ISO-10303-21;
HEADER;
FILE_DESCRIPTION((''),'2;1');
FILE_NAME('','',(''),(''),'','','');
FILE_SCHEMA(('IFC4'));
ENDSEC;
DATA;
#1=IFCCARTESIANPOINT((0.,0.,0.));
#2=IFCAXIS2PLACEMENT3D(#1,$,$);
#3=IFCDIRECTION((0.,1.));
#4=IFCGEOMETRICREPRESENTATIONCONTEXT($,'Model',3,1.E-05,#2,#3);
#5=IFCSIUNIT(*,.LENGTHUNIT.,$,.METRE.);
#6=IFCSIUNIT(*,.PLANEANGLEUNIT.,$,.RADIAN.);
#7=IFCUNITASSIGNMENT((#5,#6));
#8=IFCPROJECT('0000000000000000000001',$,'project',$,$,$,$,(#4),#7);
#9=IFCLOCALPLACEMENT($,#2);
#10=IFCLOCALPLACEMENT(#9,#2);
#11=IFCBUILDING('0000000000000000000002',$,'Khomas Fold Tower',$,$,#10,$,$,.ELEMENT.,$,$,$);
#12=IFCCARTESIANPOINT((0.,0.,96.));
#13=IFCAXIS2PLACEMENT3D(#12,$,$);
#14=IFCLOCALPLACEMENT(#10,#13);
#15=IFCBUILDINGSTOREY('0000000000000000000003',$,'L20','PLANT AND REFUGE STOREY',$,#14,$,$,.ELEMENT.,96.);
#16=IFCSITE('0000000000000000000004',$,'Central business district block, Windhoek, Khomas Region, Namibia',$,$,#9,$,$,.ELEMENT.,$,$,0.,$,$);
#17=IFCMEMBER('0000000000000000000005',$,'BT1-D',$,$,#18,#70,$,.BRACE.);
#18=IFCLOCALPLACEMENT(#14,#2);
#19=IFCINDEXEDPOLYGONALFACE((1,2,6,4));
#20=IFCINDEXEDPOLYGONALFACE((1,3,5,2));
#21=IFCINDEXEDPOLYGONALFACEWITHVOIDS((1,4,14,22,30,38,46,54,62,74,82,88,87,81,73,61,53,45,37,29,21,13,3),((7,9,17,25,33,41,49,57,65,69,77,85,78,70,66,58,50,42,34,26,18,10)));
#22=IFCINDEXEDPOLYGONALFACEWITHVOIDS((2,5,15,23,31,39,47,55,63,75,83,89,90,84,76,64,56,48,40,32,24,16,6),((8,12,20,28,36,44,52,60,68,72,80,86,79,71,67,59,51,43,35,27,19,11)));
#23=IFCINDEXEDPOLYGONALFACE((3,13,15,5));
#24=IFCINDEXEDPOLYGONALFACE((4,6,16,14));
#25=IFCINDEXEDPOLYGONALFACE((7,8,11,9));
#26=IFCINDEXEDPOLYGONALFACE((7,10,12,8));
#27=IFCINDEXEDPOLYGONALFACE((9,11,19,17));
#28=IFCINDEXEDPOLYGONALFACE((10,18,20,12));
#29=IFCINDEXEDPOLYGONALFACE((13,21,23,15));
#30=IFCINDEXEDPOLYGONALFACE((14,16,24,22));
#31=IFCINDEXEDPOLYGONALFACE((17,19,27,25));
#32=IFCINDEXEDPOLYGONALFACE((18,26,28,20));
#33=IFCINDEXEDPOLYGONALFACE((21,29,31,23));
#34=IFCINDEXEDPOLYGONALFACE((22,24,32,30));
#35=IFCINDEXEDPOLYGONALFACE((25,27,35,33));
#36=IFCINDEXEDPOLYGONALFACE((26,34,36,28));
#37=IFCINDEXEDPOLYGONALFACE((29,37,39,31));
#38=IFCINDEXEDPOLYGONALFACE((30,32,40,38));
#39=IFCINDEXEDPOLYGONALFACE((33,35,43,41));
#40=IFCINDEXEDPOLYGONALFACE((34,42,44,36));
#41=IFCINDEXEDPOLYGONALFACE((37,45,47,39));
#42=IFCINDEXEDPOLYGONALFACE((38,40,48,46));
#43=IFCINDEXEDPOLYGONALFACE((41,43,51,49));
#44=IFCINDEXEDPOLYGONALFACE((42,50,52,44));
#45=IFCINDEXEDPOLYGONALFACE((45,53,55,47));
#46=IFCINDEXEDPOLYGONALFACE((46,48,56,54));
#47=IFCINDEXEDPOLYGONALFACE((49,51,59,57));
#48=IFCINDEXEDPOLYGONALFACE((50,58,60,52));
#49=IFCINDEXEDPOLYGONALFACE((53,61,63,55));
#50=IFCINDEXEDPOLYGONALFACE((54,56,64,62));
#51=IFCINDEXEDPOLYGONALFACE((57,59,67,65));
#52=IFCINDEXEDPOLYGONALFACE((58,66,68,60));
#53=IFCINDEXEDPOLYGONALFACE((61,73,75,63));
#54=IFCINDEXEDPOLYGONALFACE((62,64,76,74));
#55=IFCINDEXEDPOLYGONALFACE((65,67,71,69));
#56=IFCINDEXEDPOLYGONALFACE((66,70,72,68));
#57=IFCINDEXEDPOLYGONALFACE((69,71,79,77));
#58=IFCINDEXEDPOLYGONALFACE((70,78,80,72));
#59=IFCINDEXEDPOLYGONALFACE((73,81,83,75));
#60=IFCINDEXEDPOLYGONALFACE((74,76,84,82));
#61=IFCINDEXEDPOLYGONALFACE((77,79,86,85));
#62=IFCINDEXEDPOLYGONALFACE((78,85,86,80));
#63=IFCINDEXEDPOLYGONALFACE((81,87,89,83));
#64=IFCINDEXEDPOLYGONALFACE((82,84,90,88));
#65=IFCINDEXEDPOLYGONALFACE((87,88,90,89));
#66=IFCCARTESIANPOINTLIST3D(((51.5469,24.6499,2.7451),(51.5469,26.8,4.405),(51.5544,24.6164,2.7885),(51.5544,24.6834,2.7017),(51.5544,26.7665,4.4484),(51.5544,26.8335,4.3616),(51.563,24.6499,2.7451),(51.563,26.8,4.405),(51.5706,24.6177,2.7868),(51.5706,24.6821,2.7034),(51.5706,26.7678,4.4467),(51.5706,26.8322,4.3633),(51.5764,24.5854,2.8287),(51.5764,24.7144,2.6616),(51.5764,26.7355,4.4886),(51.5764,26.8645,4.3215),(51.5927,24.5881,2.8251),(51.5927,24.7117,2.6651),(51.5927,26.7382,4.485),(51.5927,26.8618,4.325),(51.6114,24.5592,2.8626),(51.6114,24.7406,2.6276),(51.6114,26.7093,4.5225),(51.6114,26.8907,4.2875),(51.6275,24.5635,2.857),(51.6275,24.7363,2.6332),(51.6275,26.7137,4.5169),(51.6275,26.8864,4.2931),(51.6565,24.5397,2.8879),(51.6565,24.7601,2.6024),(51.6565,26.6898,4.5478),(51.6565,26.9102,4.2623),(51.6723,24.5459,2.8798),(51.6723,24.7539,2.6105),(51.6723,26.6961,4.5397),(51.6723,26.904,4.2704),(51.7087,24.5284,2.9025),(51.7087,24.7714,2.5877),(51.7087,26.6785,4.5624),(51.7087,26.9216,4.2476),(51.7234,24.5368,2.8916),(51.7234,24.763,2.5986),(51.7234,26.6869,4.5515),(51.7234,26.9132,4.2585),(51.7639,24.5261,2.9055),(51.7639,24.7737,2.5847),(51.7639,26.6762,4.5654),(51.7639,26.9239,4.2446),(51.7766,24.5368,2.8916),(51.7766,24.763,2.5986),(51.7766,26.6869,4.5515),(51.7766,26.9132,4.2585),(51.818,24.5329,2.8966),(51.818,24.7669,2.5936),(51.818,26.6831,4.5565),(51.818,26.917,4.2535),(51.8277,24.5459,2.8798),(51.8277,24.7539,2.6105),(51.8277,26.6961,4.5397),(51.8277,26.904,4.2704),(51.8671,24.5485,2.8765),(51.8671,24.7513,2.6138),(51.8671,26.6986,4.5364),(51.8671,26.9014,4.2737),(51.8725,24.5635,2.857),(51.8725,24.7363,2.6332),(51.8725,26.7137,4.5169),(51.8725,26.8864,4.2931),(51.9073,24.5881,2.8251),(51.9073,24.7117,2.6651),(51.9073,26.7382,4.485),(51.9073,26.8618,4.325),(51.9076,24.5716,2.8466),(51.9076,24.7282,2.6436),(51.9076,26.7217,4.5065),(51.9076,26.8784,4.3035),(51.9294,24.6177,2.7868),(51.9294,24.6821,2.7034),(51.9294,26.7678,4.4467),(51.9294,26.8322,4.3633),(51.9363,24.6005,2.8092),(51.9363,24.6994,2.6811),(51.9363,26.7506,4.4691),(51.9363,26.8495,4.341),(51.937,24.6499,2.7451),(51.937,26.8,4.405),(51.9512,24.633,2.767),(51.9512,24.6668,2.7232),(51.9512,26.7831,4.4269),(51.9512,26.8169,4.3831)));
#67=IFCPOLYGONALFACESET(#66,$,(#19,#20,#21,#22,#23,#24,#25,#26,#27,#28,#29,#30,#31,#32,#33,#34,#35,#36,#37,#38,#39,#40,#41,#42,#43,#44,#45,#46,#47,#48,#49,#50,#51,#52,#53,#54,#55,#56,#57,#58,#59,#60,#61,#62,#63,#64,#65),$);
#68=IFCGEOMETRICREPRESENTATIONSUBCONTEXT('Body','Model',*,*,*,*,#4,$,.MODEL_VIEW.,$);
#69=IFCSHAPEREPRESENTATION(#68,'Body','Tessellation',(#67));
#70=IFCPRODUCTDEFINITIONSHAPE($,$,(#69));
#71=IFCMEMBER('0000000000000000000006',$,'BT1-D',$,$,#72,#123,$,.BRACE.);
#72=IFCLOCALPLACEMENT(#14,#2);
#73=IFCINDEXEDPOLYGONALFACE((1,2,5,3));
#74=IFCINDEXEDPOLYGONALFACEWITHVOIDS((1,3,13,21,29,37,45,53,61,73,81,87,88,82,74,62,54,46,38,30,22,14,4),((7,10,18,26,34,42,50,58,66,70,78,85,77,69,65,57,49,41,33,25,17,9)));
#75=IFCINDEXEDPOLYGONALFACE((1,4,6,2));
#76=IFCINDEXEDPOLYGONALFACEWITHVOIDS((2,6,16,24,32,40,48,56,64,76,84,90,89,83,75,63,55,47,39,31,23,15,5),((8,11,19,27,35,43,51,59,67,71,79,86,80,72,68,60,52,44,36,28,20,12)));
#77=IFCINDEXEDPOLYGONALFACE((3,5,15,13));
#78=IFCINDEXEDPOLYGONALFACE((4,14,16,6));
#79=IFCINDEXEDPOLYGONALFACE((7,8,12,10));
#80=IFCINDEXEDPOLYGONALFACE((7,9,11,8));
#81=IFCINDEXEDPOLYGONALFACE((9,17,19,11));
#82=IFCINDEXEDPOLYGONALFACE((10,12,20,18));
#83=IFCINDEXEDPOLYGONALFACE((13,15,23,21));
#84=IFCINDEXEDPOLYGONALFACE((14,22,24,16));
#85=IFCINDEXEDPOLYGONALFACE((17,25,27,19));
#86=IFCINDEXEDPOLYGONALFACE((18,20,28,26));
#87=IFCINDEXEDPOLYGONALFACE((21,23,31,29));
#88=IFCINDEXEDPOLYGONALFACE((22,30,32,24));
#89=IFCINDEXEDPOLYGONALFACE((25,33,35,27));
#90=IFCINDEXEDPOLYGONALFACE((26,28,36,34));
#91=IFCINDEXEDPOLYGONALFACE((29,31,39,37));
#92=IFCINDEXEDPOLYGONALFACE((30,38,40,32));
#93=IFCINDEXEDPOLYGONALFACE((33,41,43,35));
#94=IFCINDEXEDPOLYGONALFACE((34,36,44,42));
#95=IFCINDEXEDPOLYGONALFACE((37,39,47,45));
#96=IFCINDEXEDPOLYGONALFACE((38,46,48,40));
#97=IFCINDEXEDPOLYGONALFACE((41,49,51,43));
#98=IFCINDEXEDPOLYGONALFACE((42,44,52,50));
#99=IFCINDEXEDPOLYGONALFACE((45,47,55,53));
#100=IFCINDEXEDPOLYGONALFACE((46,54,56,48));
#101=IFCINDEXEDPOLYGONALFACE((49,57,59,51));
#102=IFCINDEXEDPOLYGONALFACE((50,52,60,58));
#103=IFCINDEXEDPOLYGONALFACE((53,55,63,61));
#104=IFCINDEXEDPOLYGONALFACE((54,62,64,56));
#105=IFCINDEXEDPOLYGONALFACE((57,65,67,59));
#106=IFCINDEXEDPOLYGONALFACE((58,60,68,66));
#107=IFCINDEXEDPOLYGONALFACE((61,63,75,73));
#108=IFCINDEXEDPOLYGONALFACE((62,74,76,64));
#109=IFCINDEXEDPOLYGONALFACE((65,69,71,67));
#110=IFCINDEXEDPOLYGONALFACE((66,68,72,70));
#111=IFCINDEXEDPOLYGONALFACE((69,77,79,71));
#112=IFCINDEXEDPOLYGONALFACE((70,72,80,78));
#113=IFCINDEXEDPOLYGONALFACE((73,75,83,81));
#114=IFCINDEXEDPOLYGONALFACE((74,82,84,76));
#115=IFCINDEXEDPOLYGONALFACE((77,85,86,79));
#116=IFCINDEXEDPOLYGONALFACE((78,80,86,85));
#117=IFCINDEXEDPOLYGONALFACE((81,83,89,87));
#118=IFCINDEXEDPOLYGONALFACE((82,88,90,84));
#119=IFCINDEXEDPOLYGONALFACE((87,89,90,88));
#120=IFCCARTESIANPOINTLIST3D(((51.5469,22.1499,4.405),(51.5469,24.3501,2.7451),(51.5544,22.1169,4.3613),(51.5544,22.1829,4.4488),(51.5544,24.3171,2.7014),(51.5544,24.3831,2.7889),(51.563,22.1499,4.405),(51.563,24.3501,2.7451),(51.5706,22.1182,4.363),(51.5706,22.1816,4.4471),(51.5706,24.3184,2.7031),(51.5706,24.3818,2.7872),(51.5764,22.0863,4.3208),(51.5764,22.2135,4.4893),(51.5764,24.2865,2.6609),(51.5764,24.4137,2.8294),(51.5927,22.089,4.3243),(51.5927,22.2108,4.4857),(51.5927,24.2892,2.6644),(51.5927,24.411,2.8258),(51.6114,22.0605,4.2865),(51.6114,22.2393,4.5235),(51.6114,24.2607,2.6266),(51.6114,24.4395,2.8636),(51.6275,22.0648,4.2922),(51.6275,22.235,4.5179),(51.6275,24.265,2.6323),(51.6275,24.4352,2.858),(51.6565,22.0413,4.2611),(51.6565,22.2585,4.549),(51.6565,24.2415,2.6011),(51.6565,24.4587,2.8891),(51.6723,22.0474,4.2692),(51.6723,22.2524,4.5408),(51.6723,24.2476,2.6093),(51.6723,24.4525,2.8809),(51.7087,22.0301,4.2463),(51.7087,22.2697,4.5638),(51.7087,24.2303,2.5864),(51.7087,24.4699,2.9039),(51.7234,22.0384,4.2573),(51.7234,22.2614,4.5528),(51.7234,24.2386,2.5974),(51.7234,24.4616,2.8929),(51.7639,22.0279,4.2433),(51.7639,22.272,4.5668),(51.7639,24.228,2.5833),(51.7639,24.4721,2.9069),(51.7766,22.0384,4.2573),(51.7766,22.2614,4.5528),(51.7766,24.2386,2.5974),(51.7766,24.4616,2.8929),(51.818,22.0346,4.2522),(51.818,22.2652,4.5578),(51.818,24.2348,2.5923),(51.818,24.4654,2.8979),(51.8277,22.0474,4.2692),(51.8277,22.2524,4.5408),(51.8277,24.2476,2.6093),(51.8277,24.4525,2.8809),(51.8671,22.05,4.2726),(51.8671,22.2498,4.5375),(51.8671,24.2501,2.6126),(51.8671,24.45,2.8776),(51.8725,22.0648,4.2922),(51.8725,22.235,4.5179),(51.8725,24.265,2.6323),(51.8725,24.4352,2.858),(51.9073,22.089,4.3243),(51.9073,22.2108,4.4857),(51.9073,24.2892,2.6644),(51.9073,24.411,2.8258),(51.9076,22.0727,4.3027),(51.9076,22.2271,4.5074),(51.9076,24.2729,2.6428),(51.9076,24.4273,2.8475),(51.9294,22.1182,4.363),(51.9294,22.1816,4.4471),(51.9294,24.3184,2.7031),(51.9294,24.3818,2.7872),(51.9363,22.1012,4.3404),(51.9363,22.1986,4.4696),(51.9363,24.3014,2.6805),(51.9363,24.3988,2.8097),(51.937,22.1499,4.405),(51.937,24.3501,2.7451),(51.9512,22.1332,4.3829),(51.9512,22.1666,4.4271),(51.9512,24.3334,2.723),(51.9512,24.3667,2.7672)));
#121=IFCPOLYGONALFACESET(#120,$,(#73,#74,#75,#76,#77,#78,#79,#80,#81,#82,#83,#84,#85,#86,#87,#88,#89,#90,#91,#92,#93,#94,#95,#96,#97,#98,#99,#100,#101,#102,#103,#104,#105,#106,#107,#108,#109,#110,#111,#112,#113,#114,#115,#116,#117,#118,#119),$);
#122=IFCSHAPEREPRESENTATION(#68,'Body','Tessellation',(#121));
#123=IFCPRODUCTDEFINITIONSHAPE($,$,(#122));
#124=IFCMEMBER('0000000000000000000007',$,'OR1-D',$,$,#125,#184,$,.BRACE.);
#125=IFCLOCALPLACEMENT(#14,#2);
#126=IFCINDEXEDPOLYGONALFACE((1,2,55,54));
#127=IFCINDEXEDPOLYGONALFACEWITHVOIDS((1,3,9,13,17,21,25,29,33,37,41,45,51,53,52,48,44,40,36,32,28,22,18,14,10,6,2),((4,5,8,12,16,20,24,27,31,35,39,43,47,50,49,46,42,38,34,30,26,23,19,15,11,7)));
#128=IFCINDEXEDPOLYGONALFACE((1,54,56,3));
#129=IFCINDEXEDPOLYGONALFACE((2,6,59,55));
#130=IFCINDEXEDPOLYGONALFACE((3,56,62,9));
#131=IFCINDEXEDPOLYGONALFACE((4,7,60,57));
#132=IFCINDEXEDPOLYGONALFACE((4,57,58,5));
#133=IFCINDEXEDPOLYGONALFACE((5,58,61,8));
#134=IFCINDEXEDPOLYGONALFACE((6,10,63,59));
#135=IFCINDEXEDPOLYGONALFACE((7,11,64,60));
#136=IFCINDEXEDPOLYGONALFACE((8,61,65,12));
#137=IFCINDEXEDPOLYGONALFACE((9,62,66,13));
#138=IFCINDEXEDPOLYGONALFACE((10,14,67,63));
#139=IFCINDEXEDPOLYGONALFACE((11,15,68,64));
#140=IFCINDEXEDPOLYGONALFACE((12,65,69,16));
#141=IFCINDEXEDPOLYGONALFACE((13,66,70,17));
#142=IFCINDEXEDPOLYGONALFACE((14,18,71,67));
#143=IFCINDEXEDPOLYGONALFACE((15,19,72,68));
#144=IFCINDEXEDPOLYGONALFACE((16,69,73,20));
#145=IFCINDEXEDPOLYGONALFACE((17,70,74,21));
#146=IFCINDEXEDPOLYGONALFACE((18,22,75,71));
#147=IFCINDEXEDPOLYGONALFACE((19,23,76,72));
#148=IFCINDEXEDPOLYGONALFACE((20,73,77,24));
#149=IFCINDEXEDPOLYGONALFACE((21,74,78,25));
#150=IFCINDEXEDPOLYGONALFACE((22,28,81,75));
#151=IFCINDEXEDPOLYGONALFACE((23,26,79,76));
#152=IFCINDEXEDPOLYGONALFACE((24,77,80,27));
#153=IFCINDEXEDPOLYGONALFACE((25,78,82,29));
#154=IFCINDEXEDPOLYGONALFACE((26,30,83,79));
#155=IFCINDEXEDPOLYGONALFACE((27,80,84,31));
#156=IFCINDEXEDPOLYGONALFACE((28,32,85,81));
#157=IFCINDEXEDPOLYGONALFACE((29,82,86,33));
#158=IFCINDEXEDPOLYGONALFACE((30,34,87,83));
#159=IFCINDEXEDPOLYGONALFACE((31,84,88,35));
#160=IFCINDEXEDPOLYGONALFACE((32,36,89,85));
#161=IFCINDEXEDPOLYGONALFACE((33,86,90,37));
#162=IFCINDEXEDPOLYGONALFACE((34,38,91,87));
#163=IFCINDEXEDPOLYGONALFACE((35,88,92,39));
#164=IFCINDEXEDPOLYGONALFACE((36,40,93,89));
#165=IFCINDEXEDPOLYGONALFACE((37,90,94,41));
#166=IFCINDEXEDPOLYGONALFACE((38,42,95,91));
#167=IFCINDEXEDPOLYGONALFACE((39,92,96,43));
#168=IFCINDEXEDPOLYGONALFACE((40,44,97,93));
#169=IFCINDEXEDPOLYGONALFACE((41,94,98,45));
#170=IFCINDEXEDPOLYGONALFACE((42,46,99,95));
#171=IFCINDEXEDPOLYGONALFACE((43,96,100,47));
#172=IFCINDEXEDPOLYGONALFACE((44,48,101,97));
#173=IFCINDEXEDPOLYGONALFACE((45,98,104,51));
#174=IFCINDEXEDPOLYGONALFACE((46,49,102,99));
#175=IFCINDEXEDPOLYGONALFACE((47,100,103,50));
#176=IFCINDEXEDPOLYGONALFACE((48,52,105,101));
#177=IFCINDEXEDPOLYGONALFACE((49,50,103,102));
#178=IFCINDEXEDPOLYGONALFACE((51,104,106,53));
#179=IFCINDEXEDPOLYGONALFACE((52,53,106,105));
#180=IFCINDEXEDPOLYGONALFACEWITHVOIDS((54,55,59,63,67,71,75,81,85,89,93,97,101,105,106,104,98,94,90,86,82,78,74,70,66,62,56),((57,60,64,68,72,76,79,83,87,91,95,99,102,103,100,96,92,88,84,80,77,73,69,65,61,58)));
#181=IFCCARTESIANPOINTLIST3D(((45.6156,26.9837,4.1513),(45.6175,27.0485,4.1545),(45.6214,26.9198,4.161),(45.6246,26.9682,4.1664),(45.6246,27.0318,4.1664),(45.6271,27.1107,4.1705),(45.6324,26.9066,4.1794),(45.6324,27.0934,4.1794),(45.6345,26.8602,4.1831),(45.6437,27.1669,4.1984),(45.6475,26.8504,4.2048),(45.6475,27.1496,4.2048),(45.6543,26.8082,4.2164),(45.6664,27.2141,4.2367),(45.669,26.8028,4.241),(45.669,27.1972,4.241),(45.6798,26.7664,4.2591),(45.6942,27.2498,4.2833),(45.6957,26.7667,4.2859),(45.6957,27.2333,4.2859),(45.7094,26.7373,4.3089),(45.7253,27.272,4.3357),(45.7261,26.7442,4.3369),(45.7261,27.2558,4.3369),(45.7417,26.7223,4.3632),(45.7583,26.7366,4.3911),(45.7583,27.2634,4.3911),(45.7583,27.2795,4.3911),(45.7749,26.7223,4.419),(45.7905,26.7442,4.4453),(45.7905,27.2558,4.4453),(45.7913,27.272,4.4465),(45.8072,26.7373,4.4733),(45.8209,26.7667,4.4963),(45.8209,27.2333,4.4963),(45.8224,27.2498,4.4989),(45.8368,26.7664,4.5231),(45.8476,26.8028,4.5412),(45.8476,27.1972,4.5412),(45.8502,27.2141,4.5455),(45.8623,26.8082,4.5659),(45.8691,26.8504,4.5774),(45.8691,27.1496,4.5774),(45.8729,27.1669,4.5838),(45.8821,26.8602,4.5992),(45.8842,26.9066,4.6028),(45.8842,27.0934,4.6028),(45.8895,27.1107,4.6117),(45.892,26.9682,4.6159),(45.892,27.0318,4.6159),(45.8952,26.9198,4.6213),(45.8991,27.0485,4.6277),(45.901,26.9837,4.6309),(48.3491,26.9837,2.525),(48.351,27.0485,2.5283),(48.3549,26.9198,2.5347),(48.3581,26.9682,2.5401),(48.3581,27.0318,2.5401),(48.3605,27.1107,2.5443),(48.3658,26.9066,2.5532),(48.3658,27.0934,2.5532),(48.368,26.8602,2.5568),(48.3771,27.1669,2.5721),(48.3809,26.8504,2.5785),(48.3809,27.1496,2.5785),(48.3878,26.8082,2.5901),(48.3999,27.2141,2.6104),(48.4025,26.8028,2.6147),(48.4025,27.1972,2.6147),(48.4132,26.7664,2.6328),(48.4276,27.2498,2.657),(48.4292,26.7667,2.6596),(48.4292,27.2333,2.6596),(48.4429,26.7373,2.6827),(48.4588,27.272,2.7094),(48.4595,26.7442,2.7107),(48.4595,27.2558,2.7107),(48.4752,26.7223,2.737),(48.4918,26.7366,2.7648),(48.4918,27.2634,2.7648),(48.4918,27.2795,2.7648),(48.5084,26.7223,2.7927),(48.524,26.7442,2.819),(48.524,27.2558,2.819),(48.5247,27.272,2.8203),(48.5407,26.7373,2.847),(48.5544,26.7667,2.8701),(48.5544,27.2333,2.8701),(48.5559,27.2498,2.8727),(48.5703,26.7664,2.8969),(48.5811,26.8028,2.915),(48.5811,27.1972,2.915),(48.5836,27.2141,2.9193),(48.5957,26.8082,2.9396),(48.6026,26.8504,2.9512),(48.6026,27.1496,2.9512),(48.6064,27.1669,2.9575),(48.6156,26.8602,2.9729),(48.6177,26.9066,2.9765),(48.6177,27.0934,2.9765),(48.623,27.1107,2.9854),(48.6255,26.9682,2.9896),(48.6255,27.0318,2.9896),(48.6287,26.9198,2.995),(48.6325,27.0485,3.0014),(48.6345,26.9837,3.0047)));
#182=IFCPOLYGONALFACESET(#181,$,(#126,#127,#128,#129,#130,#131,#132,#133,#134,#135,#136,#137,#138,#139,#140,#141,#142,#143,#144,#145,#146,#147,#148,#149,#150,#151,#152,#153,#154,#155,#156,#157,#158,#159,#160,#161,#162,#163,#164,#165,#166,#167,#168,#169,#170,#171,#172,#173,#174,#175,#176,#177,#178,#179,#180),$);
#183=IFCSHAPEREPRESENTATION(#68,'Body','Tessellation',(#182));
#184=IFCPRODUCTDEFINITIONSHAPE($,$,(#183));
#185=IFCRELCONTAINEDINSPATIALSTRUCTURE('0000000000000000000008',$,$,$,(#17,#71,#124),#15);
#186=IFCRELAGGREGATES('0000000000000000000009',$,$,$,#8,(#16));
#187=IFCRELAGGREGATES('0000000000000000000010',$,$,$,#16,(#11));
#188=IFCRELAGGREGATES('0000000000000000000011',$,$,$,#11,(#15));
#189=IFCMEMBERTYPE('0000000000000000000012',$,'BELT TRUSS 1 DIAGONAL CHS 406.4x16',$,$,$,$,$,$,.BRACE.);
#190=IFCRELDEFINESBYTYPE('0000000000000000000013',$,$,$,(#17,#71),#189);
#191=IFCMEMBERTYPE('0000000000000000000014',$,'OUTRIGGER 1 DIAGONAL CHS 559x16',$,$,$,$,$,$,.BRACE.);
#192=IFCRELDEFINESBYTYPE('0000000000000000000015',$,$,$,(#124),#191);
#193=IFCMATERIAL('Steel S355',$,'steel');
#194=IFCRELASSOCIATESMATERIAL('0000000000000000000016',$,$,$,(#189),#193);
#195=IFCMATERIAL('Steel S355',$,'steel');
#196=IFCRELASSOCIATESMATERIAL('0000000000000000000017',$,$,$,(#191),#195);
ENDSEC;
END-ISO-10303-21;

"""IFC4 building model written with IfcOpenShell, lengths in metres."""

from ifc_helpers import new_model, si_unit, direction, frame, origin, origin_2d, place, context, subcontext, project, spatial, hollow_circle, extrude, source, transform, mapped, material, material_profile, profile_set, type_object, element, save


model = new_model("IFC4")

# Units and contexts
model_context = context("Model", 3, precision=1e-05, world=origin(), true_north=direction((0.0, 1.0)))
body_context = subcontext(model_context, "Body", "Model", "MODEL_VIEW")
ifc_project = project(units=[si_unit("LENGTHUNIT", "METRE"), si_unit("PLANEANGLEUNIT", "RADIAN")], contexts=[model_context])

# Site, building, storey
site_placement = place(None, origin())
site = spatial("IfcSite", under=ifc_project, at=site_placement, Name="Central business district block, Windhoek, Khomas Region, Namibia", CompositionType="ELEMENT", RefElevation=0.0)
building_placement = place(site_placement, origin())
building = spatial("IfcBuilding", under=site, at=building_placement, Name="Khomas Fold Tower", CompositionType="ELEMENT")
storey_placement = place(building_placement, frame((0.0, 0.0, 96.0)))
storey = spatial("IfcBuildingStorey", under=building, at=storey_placement, Name="L20", Description="PLANT AND REFUGE STOREY", CompositionType="ELEMENT", Elevation=96.0)

# Members
ifc_material_1 = material(Name="Steel S355", Category="steel")
ifc_material_profile_1 = material_profile(ifc_material_1, hollow_circle(Radius=0.2031, WallThickness=0.0161, at=origin_2d()), Name="CHS 406.4x16")
ifc_profile_set_1 = profile_set([ifc_material_profile_1], Name="Steel S355")
member_type_1 = type_object("IfcMemberType", Name="BELT TRUSS 1 DIAGONAL CHS 406.4x16", PredefinedType="BRACE", material=ifc_profile_set_1)
shared_shape_1 = source(origin(), body_context, "Body", "SweptSolid", [
    extrude(hollow_circle(Radius=0.2031, WallThickness=0.0161, at=origin_2d()), origin(), (0.0, 0.0, 1.0), 2.7163),
])
for number, where, z_axis, x_axis, name in (
    (1, (51.75, 24.6499, 2.7451), (0.0, 0.791564, 0.611087), (-1.0, 0.0, 0.0), "BT1-D"),
):
    element("IfcMember", number, at=place(storey_placement, frame(where, z_axis=z_axis, x_axis=x_axis)), inside=storey, type_object=member_type_1, Name=name, PredefinedType="BRACE", context=body_context, shape_type="MappedRepresentation", body=[
        mapped(shared_shape_1, transform((0.0, 0.0, 0.0))),
    ])
shared_shape_2 = source(origin(), body_context, "Body", "SweptSolid", [
    extrude(hollow_circle(Radius=0.2031, WallThickness=0.0161, at=origin_2d()), origin(), (0.0, 0.0, 1.0), 2.7561),
])
member_1_placement = place(storey_placement, frame((51.75, 22.1499, 4.405), z_axis=(0.0, 0.798296, -0.602265), x_axis=(-1.0, 0.0, 0.0)))
element("IfcMember", 2, at=member_1_placement, inside=storey, type_object=member_type_1, Name="BT1-D", PredefinedType="BRACE", context=body_context, shape_type="MappedRepresentation", body=[
    mapped(shared_shape_2, transform((0.0, 0.0, 0.0))),
])
ifc_material_2 = material(Name="Steel S355", Category="steel")
ifc_material_profile_2 = material_profile(ifc_material_2, hollow_circle(Radius=0.2795, WallThickness=0.0161, at=origin_2d()), Name="CHS 559x16")
ifc_profile_set_2 = profile_set([ifc_material_profile_2], Name="Steel S355")
member_type_2 = type_object("IfcMemberType", Name="OUTRIGGER 1 DIAGONAL CHS 559x16", PredefinedType="BRACE", material=ifc_profile_set_2)
shared_shape_3 = source(origin(), body_context, "Body", "SweptSolid", [
    extrude(hollow_circle(Radius=0.2795, WallThickness=0.0161, at=origin_2d()), origin(), (0.0, 0.0, 1.0), 3.1807),
])
member_2_placement = place(storey_placement, frame((45.7583, 27.0, 4.3911), z_axis=(0.859404, 0.0, -0.511298), x_axis=(0.0, 1.0, 0.0)))
element("IfcMember", 3, at=member_2_placement, inside=storey, type_object=member_type_2, Name="OR1-D", PredefinedType="BRACE", context=body_context, shape_type="MappedRepresentation", body=[
    mapped(shared_shape_3, transform((0.0, 0.0, 0.0))),
])

save(model, "model.ifc")
